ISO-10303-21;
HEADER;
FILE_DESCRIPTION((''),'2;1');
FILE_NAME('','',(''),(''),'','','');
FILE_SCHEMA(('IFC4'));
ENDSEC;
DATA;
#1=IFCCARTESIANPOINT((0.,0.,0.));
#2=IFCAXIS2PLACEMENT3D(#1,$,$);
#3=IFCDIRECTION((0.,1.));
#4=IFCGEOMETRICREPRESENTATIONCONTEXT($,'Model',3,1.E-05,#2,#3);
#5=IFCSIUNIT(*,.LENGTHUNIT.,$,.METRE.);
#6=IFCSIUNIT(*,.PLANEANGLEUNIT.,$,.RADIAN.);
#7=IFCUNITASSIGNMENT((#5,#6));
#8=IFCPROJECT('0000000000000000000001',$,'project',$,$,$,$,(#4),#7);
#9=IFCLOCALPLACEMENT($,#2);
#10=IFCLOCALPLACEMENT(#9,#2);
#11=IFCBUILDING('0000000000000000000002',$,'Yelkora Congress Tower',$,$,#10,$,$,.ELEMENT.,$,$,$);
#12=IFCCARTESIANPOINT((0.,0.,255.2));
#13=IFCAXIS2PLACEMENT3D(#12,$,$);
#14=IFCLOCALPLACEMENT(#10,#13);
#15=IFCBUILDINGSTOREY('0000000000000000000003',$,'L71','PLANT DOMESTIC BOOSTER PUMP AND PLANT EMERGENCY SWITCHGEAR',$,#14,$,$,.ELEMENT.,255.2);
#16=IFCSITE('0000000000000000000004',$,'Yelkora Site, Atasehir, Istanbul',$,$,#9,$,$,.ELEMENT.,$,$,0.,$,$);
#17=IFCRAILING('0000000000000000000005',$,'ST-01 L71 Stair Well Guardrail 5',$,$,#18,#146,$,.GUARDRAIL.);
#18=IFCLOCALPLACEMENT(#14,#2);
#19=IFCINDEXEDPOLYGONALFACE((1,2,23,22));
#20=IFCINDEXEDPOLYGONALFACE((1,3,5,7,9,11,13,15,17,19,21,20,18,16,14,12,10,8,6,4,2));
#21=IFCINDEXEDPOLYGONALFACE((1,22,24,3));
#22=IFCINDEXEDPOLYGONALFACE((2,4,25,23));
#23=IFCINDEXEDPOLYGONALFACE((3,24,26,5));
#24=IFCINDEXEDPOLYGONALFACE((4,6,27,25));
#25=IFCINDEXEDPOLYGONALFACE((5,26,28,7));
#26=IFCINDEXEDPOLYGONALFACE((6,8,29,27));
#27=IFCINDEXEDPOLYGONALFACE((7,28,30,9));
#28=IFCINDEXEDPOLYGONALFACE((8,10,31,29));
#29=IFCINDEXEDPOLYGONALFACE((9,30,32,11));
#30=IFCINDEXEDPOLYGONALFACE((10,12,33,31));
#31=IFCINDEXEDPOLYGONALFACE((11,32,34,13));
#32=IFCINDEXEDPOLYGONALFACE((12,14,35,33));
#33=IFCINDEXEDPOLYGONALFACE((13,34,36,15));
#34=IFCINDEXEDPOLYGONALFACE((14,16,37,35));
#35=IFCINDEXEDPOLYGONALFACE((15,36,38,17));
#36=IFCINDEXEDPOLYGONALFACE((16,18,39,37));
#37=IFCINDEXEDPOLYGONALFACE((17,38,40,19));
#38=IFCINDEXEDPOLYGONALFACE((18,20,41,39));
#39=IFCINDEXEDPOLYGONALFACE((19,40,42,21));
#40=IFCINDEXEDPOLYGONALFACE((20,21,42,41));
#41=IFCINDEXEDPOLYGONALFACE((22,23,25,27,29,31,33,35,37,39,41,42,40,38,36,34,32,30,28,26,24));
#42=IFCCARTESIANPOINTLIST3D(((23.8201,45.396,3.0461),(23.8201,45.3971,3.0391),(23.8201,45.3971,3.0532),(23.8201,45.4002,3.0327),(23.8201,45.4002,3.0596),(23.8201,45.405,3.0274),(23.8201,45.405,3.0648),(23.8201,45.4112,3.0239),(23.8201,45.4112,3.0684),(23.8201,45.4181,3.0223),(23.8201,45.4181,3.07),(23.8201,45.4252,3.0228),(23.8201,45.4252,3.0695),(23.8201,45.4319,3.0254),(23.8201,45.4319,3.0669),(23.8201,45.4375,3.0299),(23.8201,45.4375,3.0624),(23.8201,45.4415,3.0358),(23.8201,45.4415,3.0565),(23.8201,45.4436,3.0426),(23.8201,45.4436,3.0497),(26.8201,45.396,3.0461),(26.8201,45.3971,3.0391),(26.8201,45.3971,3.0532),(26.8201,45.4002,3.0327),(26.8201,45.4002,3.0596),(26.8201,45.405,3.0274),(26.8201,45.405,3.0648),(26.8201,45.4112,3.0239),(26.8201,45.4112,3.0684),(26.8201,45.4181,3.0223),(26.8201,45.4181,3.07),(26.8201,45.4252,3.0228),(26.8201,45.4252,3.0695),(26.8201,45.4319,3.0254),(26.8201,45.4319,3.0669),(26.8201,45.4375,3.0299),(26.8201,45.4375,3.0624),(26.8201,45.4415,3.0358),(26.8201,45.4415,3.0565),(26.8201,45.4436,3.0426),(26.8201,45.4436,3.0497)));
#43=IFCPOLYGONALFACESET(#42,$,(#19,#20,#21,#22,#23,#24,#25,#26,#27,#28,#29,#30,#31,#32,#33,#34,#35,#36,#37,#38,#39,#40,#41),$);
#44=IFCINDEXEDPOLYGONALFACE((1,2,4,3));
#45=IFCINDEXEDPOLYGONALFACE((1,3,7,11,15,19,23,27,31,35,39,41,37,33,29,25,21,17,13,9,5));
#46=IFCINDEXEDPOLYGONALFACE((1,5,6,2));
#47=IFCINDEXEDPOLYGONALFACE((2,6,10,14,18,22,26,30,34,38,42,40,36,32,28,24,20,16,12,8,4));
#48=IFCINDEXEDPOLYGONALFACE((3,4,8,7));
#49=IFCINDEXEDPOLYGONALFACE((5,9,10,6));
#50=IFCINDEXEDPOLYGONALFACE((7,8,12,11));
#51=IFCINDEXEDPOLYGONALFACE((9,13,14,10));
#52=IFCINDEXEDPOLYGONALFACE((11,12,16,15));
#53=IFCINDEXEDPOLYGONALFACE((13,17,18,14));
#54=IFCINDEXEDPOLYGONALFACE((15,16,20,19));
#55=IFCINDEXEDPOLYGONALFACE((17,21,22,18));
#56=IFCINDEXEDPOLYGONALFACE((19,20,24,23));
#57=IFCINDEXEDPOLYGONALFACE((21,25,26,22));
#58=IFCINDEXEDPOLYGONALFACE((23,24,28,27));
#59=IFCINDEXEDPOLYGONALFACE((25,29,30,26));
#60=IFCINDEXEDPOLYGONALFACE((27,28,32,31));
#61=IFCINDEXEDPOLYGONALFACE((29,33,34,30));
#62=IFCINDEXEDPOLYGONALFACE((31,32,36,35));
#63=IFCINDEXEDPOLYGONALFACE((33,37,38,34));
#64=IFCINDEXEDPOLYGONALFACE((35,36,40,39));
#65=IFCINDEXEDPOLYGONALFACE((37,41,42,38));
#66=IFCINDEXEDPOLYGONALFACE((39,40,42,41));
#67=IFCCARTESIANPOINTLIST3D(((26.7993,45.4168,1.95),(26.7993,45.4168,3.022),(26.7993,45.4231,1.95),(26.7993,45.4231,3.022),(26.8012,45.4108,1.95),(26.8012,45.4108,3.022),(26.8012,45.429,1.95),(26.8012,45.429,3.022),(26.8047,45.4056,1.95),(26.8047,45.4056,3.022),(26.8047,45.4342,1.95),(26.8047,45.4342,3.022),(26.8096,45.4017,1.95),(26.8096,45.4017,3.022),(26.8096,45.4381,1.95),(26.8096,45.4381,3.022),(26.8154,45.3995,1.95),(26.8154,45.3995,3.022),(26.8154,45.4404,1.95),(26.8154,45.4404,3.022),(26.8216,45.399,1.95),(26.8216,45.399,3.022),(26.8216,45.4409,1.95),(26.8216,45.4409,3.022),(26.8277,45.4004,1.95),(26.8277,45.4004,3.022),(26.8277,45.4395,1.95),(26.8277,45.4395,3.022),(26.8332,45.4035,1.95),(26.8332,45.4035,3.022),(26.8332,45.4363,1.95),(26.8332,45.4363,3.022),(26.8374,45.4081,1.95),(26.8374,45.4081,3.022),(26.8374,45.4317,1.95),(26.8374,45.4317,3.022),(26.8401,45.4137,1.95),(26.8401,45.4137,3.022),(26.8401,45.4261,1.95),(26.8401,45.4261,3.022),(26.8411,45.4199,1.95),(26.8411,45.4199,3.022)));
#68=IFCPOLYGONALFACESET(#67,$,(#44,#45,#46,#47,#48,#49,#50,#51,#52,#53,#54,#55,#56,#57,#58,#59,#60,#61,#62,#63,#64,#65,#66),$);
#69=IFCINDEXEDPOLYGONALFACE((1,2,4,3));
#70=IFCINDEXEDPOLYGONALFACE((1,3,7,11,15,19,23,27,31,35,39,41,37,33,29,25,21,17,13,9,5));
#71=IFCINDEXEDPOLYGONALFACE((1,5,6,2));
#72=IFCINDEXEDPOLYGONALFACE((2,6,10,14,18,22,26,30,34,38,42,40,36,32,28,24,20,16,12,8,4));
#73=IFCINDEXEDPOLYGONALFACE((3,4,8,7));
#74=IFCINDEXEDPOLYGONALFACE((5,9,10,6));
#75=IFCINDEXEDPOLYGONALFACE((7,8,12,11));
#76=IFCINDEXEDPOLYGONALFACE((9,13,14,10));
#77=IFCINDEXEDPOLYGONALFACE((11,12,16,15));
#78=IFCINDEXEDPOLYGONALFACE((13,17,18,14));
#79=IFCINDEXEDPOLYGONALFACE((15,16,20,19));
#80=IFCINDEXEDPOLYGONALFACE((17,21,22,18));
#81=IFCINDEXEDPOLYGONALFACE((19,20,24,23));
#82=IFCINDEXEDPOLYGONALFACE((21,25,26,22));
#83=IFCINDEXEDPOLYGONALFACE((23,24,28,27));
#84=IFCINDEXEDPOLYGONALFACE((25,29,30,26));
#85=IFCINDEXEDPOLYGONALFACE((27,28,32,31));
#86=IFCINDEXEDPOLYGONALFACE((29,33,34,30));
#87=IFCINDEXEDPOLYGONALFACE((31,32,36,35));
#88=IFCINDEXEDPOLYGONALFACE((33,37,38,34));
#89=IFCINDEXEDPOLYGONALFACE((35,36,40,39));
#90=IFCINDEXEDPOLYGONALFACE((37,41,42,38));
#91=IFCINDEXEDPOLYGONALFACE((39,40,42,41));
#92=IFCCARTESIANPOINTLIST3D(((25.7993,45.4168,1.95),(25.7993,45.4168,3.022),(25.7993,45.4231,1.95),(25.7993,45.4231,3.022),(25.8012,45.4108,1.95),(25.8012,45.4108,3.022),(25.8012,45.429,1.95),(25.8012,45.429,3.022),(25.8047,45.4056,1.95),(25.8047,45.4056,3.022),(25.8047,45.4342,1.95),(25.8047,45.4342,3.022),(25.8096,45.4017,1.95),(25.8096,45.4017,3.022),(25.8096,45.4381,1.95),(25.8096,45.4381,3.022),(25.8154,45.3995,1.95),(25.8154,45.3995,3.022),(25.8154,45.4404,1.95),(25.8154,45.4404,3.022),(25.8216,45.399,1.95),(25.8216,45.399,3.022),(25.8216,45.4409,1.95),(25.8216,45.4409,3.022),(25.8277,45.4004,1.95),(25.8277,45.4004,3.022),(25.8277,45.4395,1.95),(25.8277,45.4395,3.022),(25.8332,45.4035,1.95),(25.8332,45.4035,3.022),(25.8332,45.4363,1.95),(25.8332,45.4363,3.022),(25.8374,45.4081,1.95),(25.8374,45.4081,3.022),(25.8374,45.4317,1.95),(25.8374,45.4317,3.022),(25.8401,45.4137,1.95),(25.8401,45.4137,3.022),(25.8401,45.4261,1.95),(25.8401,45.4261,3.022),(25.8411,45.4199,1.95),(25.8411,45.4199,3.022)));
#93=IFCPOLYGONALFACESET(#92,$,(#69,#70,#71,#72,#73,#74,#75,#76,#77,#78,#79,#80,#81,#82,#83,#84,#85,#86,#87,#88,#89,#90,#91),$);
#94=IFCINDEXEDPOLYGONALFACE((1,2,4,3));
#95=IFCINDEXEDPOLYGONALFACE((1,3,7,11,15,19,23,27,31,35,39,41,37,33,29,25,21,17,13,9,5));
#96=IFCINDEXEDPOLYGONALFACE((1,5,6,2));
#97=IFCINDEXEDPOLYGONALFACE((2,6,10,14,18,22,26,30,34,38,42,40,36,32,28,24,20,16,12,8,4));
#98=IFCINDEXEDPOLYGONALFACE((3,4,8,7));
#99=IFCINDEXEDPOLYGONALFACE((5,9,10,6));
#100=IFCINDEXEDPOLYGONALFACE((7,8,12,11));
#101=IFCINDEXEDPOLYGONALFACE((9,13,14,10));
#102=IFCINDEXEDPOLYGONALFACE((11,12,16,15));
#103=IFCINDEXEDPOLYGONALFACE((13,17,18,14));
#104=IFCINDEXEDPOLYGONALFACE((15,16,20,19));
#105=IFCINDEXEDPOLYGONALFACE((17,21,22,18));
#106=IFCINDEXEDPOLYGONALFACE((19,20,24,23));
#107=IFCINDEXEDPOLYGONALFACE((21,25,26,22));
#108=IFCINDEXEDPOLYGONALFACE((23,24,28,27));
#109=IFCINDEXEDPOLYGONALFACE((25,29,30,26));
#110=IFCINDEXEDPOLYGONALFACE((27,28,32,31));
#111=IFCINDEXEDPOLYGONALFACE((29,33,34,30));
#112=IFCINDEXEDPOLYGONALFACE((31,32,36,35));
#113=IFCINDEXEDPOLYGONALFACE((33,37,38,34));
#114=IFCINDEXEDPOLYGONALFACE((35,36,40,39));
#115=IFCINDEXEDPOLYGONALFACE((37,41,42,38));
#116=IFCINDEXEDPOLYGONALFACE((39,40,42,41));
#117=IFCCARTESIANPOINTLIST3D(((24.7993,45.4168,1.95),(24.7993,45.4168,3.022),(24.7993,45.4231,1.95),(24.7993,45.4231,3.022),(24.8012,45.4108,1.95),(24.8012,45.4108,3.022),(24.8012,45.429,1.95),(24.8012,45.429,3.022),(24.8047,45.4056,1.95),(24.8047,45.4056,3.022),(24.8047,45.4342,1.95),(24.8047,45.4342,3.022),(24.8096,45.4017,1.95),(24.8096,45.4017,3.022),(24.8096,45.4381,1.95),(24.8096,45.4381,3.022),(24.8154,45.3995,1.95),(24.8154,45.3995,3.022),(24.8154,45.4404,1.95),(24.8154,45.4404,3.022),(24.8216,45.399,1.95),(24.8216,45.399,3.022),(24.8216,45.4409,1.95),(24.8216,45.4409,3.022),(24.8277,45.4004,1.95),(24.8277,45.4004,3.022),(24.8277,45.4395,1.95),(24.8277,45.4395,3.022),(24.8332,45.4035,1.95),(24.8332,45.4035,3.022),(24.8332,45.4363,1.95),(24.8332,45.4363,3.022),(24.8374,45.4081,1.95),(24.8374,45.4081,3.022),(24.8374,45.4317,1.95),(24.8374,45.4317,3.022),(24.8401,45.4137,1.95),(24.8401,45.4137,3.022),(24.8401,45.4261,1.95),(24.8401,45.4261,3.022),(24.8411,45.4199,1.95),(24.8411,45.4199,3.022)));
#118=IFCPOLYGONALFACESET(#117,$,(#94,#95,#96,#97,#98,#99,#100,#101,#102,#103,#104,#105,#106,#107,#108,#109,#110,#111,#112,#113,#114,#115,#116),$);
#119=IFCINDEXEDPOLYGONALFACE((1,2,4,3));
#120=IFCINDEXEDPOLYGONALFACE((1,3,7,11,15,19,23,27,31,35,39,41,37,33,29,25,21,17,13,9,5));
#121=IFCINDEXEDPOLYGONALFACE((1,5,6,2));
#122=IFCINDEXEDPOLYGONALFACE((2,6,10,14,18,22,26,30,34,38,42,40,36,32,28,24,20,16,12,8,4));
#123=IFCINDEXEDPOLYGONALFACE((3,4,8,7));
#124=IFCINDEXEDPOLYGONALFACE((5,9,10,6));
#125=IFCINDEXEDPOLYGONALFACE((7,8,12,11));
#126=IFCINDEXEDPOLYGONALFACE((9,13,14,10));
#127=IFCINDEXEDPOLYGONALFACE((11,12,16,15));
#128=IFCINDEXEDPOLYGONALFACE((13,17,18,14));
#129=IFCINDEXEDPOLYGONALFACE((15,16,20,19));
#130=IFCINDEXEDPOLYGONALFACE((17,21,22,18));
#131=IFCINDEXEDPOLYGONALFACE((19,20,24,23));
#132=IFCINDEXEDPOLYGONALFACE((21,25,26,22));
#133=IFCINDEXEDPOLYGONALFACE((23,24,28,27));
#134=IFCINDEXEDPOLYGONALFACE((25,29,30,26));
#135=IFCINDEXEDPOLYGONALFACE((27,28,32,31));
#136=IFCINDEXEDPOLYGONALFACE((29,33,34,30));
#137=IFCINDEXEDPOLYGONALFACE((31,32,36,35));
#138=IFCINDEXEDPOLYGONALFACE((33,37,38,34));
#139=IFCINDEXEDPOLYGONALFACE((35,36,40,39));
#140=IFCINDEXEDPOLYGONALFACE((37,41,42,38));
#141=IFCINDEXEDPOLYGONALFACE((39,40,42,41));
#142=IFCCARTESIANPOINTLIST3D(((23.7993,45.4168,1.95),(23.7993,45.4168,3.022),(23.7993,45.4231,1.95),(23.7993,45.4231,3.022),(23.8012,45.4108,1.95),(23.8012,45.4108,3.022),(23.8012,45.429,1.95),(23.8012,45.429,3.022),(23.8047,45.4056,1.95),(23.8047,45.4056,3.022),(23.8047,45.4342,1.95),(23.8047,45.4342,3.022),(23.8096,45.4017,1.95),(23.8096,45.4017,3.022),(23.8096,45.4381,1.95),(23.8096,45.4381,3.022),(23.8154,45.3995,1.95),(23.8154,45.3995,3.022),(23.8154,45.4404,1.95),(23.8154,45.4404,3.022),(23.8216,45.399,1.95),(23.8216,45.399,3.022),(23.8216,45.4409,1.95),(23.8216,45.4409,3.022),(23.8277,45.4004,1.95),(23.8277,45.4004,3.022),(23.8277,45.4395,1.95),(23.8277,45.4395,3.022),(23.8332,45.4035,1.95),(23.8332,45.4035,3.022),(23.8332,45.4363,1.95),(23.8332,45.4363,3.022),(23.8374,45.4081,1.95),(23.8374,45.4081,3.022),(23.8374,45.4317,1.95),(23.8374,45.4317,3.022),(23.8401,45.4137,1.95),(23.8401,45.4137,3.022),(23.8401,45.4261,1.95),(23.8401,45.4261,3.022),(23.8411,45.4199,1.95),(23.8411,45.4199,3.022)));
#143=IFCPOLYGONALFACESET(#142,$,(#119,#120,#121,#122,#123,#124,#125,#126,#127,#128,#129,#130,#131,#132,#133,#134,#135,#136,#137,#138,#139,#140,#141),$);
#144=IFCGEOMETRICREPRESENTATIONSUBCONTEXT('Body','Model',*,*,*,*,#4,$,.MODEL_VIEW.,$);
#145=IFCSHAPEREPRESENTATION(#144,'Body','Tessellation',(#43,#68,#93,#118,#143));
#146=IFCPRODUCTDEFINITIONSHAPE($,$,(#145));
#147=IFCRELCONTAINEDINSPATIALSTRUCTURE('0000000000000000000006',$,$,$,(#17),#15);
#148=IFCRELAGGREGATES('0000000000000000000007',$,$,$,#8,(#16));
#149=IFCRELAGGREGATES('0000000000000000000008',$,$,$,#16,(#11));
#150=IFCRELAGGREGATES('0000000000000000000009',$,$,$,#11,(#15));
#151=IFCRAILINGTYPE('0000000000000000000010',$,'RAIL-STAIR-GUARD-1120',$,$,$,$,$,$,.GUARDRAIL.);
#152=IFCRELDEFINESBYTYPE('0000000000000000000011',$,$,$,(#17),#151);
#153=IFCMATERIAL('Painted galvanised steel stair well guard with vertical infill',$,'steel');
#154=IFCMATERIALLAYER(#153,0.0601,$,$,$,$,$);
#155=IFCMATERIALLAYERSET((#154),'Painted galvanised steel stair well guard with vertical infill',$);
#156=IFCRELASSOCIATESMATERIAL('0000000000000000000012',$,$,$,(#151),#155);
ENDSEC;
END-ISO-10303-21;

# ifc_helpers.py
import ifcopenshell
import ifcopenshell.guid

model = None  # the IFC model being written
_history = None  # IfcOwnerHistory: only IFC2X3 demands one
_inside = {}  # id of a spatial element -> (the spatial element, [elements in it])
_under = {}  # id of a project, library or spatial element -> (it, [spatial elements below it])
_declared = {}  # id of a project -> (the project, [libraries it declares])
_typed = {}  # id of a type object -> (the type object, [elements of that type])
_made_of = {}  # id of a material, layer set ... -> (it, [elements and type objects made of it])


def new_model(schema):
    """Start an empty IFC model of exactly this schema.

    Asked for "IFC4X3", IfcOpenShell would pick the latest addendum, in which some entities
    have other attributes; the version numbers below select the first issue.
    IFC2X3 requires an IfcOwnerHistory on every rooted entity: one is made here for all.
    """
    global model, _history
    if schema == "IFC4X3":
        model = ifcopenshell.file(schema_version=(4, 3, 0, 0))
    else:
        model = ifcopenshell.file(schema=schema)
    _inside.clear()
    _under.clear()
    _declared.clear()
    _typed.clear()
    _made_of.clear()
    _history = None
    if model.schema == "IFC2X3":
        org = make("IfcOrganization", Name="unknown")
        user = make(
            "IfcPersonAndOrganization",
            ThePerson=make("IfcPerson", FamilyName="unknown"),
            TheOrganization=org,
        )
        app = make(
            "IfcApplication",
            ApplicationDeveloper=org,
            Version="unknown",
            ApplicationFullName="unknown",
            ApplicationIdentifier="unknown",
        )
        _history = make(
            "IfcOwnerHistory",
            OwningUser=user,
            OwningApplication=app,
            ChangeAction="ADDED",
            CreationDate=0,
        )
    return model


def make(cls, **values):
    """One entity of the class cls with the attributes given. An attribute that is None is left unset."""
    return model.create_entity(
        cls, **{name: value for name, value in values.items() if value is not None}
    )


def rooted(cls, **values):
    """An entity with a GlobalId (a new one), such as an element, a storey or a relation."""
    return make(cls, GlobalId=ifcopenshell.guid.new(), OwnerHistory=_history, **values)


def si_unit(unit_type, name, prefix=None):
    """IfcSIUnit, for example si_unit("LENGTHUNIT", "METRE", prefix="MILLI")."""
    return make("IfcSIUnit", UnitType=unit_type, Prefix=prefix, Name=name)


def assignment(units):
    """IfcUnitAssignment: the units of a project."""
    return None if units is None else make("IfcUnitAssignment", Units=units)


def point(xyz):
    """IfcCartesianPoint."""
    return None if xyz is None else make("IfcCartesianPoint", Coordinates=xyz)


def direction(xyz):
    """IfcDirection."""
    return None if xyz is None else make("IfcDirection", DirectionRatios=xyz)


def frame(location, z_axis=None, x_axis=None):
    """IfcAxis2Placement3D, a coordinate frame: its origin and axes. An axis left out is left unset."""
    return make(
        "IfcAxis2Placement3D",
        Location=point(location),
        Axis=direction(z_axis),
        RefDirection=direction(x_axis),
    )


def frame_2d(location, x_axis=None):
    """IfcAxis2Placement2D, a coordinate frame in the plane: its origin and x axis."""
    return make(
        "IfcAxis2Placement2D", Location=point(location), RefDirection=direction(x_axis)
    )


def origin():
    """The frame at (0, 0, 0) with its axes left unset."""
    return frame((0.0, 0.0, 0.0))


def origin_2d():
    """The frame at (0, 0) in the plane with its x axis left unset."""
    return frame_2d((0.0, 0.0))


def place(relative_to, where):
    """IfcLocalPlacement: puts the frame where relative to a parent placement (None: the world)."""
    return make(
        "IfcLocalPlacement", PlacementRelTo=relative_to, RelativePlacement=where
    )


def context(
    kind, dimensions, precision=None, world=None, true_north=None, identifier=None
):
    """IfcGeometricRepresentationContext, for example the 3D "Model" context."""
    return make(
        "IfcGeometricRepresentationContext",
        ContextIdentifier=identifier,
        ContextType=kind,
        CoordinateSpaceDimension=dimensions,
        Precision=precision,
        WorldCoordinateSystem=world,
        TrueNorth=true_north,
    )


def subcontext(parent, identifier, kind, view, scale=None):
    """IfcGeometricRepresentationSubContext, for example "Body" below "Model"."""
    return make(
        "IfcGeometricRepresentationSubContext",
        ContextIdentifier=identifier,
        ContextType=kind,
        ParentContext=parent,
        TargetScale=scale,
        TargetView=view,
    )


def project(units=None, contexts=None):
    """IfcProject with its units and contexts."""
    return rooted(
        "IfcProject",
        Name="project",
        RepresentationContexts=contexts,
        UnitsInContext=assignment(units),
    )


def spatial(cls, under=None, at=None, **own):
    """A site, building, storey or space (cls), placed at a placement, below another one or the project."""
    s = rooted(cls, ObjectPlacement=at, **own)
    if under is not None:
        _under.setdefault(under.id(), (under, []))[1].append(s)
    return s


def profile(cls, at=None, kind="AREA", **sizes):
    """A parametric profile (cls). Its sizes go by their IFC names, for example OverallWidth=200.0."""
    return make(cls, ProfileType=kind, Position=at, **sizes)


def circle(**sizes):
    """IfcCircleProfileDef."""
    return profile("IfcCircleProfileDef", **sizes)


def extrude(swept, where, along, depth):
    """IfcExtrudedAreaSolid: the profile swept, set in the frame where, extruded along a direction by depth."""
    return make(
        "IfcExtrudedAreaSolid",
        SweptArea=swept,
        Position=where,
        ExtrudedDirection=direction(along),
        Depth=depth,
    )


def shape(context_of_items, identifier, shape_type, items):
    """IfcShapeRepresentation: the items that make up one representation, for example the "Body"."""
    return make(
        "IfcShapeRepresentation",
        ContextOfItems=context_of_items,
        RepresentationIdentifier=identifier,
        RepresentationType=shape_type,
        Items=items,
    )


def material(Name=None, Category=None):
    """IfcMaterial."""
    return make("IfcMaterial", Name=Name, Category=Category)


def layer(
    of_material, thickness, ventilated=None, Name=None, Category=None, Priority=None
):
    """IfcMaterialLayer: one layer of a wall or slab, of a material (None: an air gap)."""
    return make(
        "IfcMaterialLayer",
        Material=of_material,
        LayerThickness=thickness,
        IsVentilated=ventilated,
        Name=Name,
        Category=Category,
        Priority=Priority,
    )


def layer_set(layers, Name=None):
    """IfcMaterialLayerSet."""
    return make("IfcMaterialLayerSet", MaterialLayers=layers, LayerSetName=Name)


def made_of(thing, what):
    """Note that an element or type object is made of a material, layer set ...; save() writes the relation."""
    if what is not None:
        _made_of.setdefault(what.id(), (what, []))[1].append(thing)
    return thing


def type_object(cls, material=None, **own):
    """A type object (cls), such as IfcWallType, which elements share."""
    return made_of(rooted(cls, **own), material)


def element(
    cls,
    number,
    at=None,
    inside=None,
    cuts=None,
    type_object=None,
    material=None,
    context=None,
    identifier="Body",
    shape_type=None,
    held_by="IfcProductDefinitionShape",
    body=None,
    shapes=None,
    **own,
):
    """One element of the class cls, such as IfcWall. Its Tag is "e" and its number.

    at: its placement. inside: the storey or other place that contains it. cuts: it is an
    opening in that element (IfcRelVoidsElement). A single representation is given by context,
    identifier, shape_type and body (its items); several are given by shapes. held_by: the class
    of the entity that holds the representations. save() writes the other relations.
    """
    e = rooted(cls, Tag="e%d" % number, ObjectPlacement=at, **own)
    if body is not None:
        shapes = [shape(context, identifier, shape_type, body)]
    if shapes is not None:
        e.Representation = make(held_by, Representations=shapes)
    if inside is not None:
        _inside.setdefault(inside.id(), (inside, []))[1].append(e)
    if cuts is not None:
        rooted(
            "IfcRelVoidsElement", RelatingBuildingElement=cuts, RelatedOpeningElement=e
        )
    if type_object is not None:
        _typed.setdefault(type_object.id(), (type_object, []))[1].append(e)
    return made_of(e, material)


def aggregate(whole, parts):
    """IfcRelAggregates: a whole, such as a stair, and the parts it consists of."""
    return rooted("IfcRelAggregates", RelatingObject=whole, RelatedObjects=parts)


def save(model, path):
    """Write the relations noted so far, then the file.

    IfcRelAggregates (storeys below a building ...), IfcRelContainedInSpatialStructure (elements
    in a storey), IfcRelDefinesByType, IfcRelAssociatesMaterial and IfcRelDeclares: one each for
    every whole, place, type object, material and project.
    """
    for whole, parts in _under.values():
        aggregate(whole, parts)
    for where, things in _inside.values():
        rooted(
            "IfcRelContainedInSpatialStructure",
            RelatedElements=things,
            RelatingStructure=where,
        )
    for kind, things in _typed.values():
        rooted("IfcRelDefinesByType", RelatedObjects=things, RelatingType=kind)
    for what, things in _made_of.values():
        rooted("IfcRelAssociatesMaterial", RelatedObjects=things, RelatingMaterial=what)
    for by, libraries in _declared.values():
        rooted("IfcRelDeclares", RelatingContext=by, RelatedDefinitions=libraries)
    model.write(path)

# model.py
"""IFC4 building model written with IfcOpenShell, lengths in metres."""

from ifc_helpers import new_model, si_unit, direction, frame, origin, origin_2d, place, context, subcontext, project, spatial, circle, extrude, material, layer, layer_set, type_object, element, save


model = new_model("IFC4")

# Units and contexts
model_context = context("Model", 3, precision=1e-05, world=origin(), true_north=direction((0.0, 1.0)))
body_context = subcontext(model_context, "Body", "Model", "MODEL_VIEW")
ifc_project = project(units=[si_unit("LENGTHUNIT", "METRE"), si_unit("PLANEANGLEUNIT", "RADIAN")], contexts=[model_context])

# Site, building, storey
site_placement = place(None, origin())
site = spatial("IfcSite", under=ifc_project, at=site_placement, Name="Yelkora Site, Atasehir, Istanbul", CompositionType="ELEMENT", RefElevation=0.0)
building_placement = place(site_placement, origin())
building = spatial("IfcBuilding", under=site, at=building_placement, Name="Yelkora Congress Tower", CompositionType="ELEMENT")
storey_placement = place(building_placement, frame((0.0, 0.0, 255.2)))
storey = spatial("IfcBuildingStorey", under=building, at=storey_placement, Name="L71", Description="PLANT DOMESTIC BOOSTER PUMP AND PLANT EMERGENCY SWITCHGEAR", CompositionType="ELEMENT", Elevation=255.2)

# Railing
ifc_material_1 = material(Name="Painted galvanised steel stair well guard with vertical infill", Category="steel")
ifc_layer_1 = layer(ifc_material_1, 0.0601)
ifc_layer_set_1 = layer_set([ifc_layer_1], Name="Painted galvanised steel stair well guard with vertical infill")
railing_type_1 = type_object("IfcRailingType", Name="RAIL-STAIR-GUARD-1120", PredefinedType="GUARDRAIL", material=ifc_layer_set_1)
railing_1_placement = place(storey_placement, frame((26.8201, 45.4199, 1.95)))
element("IfcRailing", 1, at=railing_1_placement, inside=storey, type_object=railing_type_1, Name="ST-01 L71 Stair Well Guardrail 5", PredefinedType="GUARDRAIL", context=body_context, shape_type="SweptSolid", body=[
    extrude(circle(Radius=0.0239, at=origin_2d()), frame((0.0, 0.0, 1.0962), z_axis=(-1.0, 0.0, 0.0), x_axis=(0.0, -1.0, 0.0)), (0.0, 0.0, 1.0), 3.0),
    extrude(circle(Radius=0.021, at=origin_2d()), origin(), (0.0, 0.0, 1.0), 1.072),
    extrude(circle(Radius=0.021, at=origin_2d()), frame((-1.0, 0.0, 0.0)), (0.0, 0.0, 1.0), 1.072),
    extrude(circle(Radius=0.021, at=origin_2d()), frame((-2.0, 0.0, 0.0)), (0.0, 0.0, 1.0), 1.072),
    extrude(circle(Radius=0.021, at=origin_2d()), frame((-3.0, 0.0, 0.0)), (0.0, 0.0, 1.0), 1.072),
])

save(model, "model.ifc")
